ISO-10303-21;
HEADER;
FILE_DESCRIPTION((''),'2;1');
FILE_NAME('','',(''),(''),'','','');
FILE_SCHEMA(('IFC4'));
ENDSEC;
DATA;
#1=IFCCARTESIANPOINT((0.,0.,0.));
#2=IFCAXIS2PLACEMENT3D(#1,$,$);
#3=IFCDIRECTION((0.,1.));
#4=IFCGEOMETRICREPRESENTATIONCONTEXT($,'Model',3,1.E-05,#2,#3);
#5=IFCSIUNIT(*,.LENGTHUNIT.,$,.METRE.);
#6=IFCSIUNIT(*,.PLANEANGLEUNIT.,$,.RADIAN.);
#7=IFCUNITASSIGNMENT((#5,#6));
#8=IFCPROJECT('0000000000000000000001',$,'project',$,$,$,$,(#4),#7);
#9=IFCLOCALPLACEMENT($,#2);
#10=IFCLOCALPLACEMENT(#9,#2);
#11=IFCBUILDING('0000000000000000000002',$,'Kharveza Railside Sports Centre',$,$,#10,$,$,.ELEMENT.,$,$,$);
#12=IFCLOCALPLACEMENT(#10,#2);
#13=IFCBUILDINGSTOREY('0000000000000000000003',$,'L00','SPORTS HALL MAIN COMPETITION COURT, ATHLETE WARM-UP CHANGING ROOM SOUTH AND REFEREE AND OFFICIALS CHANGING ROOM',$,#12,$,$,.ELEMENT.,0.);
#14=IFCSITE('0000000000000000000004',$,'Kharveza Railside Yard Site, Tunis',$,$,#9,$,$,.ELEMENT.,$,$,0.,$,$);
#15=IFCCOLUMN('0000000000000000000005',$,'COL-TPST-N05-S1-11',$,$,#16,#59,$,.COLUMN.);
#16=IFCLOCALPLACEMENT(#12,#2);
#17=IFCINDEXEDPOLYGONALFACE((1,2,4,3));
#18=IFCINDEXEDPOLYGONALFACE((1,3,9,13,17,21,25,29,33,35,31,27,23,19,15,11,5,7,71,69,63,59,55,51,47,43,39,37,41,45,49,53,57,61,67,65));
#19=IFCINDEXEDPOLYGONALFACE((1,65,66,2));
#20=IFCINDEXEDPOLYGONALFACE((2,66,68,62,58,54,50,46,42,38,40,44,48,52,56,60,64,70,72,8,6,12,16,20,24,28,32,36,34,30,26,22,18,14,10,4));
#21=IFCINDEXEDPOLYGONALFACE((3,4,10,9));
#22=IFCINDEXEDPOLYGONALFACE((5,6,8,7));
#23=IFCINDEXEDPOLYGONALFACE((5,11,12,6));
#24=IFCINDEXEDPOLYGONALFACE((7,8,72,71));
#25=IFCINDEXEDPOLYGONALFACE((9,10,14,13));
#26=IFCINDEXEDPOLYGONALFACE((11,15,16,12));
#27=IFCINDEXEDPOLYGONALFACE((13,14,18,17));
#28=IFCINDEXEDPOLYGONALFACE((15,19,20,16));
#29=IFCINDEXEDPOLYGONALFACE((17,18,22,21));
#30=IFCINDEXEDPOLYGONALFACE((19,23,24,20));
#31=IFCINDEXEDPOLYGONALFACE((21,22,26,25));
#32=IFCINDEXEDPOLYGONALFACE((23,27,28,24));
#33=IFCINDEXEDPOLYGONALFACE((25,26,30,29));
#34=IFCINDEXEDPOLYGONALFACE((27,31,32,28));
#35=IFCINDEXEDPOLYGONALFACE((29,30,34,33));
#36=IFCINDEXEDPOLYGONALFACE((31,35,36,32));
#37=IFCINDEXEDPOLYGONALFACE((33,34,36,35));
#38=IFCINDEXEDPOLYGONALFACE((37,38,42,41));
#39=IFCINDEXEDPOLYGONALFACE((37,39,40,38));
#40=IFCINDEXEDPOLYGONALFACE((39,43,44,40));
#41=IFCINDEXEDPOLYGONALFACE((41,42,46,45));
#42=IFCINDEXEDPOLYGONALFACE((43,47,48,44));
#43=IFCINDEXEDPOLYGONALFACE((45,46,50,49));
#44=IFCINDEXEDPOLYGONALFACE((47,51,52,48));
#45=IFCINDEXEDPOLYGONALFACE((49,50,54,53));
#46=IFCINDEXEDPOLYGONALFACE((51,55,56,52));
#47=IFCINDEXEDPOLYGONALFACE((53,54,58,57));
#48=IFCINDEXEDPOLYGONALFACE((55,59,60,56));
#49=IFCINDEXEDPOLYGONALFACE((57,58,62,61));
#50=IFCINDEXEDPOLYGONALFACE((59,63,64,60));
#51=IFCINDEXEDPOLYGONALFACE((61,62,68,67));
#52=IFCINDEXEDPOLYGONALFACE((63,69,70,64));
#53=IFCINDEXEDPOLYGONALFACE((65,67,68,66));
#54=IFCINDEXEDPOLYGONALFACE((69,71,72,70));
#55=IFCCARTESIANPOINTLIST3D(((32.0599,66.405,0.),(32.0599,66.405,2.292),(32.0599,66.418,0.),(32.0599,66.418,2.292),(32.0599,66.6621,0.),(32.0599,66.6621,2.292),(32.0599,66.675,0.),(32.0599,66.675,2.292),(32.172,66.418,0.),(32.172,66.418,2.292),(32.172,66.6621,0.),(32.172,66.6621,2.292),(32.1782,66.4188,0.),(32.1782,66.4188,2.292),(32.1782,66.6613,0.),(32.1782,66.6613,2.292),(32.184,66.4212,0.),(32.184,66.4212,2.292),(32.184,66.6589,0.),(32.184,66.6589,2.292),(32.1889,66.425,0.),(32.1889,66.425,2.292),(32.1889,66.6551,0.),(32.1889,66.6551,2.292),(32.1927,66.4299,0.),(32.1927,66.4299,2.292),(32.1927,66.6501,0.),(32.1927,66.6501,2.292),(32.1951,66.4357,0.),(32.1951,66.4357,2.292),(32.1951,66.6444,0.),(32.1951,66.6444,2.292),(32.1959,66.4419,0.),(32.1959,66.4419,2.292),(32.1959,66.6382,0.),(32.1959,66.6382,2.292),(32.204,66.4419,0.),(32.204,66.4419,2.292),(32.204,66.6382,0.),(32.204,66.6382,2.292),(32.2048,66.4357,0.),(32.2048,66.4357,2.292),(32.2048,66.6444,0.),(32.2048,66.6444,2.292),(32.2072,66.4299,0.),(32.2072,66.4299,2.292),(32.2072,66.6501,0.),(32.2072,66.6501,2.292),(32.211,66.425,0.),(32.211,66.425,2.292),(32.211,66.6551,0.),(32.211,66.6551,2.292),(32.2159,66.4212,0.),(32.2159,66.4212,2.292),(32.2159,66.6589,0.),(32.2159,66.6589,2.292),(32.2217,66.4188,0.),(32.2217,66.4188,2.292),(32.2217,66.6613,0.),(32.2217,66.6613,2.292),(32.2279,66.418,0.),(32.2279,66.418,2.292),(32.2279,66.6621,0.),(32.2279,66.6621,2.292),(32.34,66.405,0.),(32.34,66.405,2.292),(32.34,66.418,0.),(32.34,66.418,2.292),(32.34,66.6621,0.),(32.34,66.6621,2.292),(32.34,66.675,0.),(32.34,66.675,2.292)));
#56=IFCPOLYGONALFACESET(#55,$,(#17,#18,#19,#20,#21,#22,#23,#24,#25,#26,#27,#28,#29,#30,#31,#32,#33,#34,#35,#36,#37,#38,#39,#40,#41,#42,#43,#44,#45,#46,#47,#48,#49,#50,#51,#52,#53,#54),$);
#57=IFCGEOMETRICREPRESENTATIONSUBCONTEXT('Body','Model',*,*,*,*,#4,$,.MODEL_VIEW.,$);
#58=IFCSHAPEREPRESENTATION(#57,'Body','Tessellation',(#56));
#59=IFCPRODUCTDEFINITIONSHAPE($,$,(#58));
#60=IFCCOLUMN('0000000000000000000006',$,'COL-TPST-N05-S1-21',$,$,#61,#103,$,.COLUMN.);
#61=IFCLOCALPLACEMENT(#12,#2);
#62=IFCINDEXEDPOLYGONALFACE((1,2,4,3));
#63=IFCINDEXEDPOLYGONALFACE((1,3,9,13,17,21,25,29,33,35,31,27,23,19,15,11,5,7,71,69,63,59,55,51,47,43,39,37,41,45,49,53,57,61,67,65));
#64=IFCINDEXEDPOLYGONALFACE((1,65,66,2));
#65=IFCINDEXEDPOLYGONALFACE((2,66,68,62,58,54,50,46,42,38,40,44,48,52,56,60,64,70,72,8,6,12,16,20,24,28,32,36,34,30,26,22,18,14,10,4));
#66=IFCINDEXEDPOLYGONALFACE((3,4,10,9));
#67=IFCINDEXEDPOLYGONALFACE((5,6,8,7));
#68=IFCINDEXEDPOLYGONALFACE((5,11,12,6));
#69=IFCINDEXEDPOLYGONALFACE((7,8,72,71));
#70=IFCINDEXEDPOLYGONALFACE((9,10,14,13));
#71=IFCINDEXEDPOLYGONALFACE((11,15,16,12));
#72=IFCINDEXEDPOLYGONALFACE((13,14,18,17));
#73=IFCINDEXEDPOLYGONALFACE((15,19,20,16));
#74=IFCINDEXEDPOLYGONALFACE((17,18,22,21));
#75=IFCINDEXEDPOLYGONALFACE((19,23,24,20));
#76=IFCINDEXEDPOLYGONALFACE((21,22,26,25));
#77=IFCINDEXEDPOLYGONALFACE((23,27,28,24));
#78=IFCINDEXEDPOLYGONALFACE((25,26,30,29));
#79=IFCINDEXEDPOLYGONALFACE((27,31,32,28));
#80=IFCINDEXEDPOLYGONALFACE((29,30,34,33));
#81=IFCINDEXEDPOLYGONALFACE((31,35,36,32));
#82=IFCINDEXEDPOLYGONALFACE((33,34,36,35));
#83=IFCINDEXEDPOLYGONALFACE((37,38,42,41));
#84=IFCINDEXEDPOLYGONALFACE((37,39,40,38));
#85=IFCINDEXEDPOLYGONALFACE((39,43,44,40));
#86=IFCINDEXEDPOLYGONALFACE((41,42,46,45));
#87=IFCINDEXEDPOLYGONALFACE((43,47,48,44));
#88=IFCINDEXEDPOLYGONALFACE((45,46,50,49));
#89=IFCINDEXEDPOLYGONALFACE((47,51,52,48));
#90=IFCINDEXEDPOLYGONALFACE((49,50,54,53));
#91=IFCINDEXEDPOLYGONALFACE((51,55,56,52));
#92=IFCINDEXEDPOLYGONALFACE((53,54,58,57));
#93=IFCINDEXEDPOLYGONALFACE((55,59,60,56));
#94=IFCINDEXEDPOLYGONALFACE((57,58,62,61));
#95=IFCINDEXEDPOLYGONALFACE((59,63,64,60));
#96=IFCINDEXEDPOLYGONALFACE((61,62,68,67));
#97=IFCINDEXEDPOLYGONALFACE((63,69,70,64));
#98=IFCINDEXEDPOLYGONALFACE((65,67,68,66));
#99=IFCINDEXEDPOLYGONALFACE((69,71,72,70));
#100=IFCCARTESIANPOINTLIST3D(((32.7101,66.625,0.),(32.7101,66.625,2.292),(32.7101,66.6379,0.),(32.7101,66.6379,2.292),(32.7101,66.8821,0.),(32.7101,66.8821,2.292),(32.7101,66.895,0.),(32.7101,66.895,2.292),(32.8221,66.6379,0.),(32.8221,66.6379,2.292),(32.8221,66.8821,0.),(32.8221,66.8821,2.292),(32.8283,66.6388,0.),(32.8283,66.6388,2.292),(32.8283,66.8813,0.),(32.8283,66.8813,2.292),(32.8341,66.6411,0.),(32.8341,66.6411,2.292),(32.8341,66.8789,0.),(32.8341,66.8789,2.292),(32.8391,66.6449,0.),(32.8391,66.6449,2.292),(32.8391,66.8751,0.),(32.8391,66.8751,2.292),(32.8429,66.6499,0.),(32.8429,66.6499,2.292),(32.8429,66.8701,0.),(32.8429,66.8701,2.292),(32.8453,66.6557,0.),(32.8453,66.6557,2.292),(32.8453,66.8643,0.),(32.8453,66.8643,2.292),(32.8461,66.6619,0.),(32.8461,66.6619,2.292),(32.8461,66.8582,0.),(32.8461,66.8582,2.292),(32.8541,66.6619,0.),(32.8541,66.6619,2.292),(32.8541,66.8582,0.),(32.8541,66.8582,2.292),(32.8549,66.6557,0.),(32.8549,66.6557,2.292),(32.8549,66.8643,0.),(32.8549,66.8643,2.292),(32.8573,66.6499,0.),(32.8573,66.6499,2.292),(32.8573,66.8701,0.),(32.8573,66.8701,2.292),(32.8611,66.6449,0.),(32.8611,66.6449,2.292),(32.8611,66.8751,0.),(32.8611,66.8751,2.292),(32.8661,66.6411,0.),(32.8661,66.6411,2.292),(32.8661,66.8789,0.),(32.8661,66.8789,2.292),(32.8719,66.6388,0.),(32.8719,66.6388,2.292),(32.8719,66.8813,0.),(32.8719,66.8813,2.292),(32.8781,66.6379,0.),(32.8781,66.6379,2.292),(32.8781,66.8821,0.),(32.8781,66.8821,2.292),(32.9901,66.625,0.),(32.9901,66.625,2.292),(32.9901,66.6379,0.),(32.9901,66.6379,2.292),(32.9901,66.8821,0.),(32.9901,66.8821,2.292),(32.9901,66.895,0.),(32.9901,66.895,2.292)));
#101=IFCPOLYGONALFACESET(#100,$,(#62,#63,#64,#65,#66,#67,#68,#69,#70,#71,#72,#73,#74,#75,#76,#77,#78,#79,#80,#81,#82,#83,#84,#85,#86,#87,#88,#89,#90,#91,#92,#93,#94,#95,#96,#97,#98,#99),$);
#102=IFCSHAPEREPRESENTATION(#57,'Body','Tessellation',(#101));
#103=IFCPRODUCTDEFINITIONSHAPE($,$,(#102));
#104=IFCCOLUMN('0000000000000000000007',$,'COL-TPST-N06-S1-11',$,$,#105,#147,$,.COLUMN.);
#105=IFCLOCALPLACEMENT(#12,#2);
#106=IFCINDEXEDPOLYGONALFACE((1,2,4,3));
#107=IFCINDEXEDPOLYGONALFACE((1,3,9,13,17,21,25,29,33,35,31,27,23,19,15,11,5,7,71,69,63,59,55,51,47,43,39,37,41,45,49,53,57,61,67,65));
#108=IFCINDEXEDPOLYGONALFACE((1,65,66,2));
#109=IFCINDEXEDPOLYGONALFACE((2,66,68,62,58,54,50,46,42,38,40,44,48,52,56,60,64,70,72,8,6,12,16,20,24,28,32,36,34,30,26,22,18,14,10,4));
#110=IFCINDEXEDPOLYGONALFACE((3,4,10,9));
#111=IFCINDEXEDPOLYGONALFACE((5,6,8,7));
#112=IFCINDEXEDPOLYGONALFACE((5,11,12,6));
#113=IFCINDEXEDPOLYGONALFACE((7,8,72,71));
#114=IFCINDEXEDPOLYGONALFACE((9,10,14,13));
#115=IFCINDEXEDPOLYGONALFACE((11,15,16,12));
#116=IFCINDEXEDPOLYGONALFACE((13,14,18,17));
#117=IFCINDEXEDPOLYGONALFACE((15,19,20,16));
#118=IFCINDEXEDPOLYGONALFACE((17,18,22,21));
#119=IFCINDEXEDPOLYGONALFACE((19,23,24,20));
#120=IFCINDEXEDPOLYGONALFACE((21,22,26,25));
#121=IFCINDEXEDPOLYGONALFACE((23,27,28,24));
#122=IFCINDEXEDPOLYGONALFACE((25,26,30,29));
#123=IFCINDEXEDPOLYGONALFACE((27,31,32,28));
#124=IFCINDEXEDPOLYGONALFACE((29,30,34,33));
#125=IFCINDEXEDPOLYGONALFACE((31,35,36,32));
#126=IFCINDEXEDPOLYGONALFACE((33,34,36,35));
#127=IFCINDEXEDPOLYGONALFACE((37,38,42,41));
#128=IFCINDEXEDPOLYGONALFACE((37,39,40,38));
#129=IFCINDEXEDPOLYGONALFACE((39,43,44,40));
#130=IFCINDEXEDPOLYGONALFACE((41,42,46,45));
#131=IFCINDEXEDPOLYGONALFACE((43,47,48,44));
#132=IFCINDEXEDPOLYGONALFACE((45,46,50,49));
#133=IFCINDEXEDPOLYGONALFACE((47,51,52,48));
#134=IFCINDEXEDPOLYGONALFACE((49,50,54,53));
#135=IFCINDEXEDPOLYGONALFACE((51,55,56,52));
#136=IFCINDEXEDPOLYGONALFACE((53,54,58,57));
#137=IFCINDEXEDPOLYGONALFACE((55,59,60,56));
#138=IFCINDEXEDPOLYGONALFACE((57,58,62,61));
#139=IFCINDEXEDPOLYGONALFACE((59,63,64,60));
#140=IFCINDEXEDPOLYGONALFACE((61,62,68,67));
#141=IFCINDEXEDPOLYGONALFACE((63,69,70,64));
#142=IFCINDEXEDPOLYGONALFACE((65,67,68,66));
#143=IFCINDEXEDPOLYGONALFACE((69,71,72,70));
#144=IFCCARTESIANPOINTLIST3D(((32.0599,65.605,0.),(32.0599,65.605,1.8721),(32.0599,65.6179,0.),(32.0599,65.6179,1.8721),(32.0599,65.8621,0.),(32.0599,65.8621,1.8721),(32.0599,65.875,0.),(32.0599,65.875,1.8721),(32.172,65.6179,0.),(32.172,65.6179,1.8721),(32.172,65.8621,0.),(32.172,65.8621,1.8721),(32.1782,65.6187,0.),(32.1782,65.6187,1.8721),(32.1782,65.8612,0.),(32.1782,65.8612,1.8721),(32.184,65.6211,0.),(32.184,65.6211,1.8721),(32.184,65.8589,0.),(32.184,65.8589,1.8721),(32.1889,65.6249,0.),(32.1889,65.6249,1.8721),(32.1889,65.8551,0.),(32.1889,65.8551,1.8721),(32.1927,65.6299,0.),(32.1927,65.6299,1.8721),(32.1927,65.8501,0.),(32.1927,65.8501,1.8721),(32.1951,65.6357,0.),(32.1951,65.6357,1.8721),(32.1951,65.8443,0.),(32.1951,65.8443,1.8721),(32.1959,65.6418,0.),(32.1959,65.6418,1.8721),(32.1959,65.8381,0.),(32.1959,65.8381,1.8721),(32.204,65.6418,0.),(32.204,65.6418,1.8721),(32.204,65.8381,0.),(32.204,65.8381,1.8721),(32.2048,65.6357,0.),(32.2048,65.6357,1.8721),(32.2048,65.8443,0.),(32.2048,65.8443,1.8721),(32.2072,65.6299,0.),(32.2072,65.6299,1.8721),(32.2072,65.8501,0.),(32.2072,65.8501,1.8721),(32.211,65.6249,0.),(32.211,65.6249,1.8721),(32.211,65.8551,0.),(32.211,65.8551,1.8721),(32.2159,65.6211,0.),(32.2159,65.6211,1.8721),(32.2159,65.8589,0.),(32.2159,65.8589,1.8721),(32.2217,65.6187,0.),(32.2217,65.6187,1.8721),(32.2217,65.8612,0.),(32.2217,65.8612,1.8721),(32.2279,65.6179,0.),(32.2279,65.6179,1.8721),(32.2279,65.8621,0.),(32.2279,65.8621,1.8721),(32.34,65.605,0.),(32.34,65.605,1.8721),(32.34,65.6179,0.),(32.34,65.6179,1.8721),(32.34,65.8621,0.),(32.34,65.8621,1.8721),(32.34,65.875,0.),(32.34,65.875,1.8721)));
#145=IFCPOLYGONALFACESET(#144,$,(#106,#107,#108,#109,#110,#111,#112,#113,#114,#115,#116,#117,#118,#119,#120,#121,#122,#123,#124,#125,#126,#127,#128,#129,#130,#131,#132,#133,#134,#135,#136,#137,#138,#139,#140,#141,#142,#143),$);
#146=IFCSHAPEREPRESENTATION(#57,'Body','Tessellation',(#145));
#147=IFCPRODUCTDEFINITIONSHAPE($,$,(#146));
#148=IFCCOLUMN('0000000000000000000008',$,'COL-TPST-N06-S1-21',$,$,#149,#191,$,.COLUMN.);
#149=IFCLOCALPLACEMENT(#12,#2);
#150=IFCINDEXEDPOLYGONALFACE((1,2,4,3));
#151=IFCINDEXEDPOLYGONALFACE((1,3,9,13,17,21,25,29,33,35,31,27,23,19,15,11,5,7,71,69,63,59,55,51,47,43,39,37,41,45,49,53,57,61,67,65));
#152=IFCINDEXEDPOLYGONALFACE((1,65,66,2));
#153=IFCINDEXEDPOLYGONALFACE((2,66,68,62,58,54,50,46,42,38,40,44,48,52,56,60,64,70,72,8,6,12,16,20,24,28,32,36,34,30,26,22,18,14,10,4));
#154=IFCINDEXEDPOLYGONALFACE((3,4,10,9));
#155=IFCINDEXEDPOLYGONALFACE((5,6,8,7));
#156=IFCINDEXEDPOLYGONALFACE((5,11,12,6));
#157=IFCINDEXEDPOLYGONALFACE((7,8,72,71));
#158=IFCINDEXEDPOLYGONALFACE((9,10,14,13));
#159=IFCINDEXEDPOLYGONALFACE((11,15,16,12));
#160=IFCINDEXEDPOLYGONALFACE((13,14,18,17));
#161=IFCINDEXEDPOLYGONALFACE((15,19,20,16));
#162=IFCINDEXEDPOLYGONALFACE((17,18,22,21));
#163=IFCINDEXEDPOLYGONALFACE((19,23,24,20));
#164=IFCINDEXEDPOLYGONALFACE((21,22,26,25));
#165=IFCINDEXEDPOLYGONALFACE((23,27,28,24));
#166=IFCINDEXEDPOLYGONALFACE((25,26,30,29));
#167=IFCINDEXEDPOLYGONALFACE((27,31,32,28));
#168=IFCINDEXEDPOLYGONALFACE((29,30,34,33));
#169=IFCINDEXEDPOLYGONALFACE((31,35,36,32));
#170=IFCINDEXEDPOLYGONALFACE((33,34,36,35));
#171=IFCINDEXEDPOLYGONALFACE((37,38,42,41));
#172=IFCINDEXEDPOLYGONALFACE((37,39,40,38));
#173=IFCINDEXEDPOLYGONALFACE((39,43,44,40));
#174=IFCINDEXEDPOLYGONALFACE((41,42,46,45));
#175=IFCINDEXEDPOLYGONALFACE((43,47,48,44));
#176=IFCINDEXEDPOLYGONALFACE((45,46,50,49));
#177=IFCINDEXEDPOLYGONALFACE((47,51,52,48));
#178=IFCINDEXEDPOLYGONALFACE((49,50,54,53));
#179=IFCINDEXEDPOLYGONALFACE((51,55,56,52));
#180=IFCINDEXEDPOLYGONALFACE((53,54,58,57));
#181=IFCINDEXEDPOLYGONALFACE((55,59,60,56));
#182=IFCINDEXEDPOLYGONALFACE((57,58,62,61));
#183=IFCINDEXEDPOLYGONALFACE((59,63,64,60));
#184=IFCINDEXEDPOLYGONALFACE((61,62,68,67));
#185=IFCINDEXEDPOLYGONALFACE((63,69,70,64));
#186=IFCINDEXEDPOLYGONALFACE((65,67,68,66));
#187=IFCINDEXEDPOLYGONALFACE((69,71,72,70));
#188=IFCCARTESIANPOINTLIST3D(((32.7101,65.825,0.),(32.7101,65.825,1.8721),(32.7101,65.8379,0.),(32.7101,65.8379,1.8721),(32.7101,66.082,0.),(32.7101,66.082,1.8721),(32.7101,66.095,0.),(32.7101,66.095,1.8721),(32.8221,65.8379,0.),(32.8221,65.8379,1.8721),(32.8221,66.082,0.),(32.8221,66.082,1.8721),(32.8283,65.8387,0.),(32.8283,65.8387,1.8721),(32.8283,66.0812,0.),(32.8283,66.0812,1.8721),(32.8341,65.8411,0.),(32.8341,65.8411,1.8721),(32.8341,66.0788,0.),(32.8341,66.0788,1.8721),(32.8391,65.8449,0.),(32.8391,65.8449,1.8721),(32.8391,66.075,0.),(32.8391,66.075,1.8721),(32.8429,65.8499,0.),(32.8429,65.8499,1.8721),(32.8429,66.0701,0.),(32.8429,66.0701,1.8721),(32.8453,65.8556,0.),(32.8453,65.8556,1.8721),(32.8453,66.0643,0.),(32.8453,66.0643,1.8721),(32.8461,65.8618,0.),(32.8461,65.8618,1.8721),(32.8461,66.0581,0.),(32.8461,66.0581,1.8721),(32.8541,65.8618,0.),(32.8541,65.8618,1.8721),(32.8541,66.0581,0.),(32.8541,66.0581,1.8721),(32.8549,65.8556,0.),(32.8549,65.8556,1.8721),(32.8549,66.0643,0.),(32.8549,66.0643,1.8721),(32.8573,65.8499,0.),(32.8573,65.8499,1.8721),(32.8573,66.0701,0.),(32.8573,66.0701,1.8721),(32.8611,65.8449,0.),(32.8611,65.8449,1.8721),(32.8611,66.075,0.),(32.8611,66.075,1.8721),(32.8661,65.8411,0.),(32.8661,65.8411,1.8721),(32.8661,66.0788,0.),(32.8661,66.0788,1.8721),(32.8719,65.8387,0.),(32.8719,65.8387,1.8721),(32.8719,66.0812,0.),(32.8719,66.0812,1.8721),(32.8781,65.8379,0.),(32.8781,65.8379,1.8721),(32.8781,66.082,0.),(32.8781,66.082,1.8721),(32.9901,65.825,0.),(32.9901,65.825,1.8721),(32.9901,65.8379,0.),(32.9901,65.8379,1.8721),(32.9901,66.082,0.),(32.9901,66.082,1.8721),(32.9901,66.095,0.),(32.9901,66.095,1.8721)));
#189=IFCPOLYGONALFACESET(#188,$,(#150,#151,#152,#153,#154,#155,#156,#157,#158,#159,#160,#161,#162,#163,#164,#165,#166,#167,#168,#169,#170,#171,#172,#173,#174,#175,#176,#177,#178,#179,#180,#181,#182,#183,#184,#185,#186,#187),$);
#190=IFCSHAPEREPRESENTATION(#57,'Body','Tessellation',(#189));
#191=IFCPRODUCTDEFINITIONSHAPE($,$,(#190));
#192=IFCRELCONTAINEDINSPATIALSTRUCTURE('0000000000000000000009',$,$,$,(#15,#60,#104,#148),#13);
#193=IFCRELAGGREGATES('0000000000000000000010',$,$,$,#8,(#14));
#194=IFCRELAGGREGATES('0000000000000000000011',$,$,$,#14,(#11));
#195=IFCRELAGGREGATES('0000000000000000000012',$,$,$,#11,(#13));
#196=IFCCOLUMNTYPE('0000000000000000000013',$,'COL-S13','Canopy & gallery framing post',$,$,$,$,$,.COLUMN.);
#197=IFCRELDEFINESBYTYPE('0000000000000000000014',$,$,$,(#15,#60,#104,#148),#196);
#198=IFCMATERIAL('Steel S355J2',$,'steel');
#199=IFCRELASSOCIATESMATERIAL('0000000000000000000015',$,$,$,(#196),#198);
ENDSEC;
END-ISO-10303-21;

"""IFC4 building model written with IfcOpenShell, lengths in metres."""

from ifc_helpers import new_model, si_unit, direction, frame, origin, origin_2d, place, context, subcontext, project, spatial, i_section, extrude, material, material_profile, profile_set, type_object, element, save


model = new_model("IFC4")

# Units and contexts
model_context = context("Model", 3, precision=1e-05, world=origin(), true_north=direction((0.0, 1.0)))
body_context = subcontext(model_context, "Body", "Model", "MODEL_VIEW")
ifc_project = project(units=[si_unit("LENGTHUNIT", "METRE"), si_unit("PLANEANGLEUNIT", "RADIAN")], contexts=[model_context])

# Site, building, storey
site_placement = place(None, origin())
site = spatial("IfcSite", under=ifc_project, at=site_placement, Name="Kharveza Railside Yard Site, Tunis", CompositionType="ELEMENT", RefElevation=0.0)
building_placement = place(site_placement, origin())
building = spatial("IfcBuilding", under=site, at=building_placement, Name="Kharveza Railside Sports Centre", CompositionType="ELEMENT")
storey_placement = place(building_placement, origin())
storey = spatial("IfcBuildingStorey", under=building, at=storey_placement, Name="L00", Description="SPORTS HALL MAIN COMPETITION COURT, ATHLETE WARM-UP CHANGING ROOM SOUTH AND REFEREE AND OFFICIALS CHANGING ROOM", CompositionType="ELEMENT", Elevation=0.0)

# Columns
ifc_material_1 = material(Name="Steel S355J2", Category="steel")
ifc_material_profile_1 = material_profile(ifc_material_1, i_section(OverallWidth=0.28, OverallDepth=0.27, WebThickness=0.0081, FlangeThickness=0.0129, FilletRadius=0.0239, at=origin_2d()), Name="HEA 280")
ifc_profile_set_1 = profile_set([ifc_material_profile_1], Name="Steel S355J2")
column_type_1 = type_object("IfcColumnType", Name="COL-S13", Description="Canopy & gallery framing post", PredefinedType="COLUMN", material=ifc_profile_set_1)
for number, where, z_axis, x_axis, name in (
    (1, (32.2, 66.54, 0.0), (0.0, 0.0, 1.0), (1.0, 0.0, 0.0), "COL-TPST-N05-S1-11"),
    (2, (32.8501, 66.76, 0.0), (0.0, 0.0, 1.0), (1.0, 0.0, 0.0), "COL-TPST-N05-S1-21"),
):
    element("IfcColumn", number, at=place(storey_placement, frame(where, z_axis=z_axis, x_axis=x_axis)), inside=storey, type_object=column_type_1, Name=name, PredefinedType="COLUMN", context=body_context, shape_type="SweptSolid", body=[
        extrude(i_section(OverallWidth=0.28, OverallDepth=0.27, WebThickness=0.0081, FlangeThickness=0.0129, FilletRadius=0.0239, at=origin_2d()), origin(), (0.0, 0.0, 1.0), 2.292),
    ])
for number, where, z_axis, x_axis, name in (
    (3, (32.2, 65.74, 0.0), (0.0, 0.0, 1.0), (1.0, 0.0, 0.0), "COL-TPST-N06-S1-11"),
    (4, (32.8501, 65.96, 0.0), (0.0, 0.0, 1.0), (1.0, 0.0, 0.0), "COL-TPST-N06-S1-21"),
):
    element("IfcColumn", number, at=place(storey_placement, frame(where, z_axis=z_axis, x_axis=x_axis)), inside=storey, type_object=column_type_1, Name=name, PredefinedType="COLUMN", context=body_context, shape_type="SweptSolid", body=[
        extrude(i_section(OverallWidth=0.28, OverallDepth=0.27, WebThickness=0.0081, FlangeThickness=0.0129, FilletRadius=0.0239, at=origin_2d()), origin(), (0.0, 0.0, 1.0), 1.8721),
    ])

save(model, "model.ifc")
